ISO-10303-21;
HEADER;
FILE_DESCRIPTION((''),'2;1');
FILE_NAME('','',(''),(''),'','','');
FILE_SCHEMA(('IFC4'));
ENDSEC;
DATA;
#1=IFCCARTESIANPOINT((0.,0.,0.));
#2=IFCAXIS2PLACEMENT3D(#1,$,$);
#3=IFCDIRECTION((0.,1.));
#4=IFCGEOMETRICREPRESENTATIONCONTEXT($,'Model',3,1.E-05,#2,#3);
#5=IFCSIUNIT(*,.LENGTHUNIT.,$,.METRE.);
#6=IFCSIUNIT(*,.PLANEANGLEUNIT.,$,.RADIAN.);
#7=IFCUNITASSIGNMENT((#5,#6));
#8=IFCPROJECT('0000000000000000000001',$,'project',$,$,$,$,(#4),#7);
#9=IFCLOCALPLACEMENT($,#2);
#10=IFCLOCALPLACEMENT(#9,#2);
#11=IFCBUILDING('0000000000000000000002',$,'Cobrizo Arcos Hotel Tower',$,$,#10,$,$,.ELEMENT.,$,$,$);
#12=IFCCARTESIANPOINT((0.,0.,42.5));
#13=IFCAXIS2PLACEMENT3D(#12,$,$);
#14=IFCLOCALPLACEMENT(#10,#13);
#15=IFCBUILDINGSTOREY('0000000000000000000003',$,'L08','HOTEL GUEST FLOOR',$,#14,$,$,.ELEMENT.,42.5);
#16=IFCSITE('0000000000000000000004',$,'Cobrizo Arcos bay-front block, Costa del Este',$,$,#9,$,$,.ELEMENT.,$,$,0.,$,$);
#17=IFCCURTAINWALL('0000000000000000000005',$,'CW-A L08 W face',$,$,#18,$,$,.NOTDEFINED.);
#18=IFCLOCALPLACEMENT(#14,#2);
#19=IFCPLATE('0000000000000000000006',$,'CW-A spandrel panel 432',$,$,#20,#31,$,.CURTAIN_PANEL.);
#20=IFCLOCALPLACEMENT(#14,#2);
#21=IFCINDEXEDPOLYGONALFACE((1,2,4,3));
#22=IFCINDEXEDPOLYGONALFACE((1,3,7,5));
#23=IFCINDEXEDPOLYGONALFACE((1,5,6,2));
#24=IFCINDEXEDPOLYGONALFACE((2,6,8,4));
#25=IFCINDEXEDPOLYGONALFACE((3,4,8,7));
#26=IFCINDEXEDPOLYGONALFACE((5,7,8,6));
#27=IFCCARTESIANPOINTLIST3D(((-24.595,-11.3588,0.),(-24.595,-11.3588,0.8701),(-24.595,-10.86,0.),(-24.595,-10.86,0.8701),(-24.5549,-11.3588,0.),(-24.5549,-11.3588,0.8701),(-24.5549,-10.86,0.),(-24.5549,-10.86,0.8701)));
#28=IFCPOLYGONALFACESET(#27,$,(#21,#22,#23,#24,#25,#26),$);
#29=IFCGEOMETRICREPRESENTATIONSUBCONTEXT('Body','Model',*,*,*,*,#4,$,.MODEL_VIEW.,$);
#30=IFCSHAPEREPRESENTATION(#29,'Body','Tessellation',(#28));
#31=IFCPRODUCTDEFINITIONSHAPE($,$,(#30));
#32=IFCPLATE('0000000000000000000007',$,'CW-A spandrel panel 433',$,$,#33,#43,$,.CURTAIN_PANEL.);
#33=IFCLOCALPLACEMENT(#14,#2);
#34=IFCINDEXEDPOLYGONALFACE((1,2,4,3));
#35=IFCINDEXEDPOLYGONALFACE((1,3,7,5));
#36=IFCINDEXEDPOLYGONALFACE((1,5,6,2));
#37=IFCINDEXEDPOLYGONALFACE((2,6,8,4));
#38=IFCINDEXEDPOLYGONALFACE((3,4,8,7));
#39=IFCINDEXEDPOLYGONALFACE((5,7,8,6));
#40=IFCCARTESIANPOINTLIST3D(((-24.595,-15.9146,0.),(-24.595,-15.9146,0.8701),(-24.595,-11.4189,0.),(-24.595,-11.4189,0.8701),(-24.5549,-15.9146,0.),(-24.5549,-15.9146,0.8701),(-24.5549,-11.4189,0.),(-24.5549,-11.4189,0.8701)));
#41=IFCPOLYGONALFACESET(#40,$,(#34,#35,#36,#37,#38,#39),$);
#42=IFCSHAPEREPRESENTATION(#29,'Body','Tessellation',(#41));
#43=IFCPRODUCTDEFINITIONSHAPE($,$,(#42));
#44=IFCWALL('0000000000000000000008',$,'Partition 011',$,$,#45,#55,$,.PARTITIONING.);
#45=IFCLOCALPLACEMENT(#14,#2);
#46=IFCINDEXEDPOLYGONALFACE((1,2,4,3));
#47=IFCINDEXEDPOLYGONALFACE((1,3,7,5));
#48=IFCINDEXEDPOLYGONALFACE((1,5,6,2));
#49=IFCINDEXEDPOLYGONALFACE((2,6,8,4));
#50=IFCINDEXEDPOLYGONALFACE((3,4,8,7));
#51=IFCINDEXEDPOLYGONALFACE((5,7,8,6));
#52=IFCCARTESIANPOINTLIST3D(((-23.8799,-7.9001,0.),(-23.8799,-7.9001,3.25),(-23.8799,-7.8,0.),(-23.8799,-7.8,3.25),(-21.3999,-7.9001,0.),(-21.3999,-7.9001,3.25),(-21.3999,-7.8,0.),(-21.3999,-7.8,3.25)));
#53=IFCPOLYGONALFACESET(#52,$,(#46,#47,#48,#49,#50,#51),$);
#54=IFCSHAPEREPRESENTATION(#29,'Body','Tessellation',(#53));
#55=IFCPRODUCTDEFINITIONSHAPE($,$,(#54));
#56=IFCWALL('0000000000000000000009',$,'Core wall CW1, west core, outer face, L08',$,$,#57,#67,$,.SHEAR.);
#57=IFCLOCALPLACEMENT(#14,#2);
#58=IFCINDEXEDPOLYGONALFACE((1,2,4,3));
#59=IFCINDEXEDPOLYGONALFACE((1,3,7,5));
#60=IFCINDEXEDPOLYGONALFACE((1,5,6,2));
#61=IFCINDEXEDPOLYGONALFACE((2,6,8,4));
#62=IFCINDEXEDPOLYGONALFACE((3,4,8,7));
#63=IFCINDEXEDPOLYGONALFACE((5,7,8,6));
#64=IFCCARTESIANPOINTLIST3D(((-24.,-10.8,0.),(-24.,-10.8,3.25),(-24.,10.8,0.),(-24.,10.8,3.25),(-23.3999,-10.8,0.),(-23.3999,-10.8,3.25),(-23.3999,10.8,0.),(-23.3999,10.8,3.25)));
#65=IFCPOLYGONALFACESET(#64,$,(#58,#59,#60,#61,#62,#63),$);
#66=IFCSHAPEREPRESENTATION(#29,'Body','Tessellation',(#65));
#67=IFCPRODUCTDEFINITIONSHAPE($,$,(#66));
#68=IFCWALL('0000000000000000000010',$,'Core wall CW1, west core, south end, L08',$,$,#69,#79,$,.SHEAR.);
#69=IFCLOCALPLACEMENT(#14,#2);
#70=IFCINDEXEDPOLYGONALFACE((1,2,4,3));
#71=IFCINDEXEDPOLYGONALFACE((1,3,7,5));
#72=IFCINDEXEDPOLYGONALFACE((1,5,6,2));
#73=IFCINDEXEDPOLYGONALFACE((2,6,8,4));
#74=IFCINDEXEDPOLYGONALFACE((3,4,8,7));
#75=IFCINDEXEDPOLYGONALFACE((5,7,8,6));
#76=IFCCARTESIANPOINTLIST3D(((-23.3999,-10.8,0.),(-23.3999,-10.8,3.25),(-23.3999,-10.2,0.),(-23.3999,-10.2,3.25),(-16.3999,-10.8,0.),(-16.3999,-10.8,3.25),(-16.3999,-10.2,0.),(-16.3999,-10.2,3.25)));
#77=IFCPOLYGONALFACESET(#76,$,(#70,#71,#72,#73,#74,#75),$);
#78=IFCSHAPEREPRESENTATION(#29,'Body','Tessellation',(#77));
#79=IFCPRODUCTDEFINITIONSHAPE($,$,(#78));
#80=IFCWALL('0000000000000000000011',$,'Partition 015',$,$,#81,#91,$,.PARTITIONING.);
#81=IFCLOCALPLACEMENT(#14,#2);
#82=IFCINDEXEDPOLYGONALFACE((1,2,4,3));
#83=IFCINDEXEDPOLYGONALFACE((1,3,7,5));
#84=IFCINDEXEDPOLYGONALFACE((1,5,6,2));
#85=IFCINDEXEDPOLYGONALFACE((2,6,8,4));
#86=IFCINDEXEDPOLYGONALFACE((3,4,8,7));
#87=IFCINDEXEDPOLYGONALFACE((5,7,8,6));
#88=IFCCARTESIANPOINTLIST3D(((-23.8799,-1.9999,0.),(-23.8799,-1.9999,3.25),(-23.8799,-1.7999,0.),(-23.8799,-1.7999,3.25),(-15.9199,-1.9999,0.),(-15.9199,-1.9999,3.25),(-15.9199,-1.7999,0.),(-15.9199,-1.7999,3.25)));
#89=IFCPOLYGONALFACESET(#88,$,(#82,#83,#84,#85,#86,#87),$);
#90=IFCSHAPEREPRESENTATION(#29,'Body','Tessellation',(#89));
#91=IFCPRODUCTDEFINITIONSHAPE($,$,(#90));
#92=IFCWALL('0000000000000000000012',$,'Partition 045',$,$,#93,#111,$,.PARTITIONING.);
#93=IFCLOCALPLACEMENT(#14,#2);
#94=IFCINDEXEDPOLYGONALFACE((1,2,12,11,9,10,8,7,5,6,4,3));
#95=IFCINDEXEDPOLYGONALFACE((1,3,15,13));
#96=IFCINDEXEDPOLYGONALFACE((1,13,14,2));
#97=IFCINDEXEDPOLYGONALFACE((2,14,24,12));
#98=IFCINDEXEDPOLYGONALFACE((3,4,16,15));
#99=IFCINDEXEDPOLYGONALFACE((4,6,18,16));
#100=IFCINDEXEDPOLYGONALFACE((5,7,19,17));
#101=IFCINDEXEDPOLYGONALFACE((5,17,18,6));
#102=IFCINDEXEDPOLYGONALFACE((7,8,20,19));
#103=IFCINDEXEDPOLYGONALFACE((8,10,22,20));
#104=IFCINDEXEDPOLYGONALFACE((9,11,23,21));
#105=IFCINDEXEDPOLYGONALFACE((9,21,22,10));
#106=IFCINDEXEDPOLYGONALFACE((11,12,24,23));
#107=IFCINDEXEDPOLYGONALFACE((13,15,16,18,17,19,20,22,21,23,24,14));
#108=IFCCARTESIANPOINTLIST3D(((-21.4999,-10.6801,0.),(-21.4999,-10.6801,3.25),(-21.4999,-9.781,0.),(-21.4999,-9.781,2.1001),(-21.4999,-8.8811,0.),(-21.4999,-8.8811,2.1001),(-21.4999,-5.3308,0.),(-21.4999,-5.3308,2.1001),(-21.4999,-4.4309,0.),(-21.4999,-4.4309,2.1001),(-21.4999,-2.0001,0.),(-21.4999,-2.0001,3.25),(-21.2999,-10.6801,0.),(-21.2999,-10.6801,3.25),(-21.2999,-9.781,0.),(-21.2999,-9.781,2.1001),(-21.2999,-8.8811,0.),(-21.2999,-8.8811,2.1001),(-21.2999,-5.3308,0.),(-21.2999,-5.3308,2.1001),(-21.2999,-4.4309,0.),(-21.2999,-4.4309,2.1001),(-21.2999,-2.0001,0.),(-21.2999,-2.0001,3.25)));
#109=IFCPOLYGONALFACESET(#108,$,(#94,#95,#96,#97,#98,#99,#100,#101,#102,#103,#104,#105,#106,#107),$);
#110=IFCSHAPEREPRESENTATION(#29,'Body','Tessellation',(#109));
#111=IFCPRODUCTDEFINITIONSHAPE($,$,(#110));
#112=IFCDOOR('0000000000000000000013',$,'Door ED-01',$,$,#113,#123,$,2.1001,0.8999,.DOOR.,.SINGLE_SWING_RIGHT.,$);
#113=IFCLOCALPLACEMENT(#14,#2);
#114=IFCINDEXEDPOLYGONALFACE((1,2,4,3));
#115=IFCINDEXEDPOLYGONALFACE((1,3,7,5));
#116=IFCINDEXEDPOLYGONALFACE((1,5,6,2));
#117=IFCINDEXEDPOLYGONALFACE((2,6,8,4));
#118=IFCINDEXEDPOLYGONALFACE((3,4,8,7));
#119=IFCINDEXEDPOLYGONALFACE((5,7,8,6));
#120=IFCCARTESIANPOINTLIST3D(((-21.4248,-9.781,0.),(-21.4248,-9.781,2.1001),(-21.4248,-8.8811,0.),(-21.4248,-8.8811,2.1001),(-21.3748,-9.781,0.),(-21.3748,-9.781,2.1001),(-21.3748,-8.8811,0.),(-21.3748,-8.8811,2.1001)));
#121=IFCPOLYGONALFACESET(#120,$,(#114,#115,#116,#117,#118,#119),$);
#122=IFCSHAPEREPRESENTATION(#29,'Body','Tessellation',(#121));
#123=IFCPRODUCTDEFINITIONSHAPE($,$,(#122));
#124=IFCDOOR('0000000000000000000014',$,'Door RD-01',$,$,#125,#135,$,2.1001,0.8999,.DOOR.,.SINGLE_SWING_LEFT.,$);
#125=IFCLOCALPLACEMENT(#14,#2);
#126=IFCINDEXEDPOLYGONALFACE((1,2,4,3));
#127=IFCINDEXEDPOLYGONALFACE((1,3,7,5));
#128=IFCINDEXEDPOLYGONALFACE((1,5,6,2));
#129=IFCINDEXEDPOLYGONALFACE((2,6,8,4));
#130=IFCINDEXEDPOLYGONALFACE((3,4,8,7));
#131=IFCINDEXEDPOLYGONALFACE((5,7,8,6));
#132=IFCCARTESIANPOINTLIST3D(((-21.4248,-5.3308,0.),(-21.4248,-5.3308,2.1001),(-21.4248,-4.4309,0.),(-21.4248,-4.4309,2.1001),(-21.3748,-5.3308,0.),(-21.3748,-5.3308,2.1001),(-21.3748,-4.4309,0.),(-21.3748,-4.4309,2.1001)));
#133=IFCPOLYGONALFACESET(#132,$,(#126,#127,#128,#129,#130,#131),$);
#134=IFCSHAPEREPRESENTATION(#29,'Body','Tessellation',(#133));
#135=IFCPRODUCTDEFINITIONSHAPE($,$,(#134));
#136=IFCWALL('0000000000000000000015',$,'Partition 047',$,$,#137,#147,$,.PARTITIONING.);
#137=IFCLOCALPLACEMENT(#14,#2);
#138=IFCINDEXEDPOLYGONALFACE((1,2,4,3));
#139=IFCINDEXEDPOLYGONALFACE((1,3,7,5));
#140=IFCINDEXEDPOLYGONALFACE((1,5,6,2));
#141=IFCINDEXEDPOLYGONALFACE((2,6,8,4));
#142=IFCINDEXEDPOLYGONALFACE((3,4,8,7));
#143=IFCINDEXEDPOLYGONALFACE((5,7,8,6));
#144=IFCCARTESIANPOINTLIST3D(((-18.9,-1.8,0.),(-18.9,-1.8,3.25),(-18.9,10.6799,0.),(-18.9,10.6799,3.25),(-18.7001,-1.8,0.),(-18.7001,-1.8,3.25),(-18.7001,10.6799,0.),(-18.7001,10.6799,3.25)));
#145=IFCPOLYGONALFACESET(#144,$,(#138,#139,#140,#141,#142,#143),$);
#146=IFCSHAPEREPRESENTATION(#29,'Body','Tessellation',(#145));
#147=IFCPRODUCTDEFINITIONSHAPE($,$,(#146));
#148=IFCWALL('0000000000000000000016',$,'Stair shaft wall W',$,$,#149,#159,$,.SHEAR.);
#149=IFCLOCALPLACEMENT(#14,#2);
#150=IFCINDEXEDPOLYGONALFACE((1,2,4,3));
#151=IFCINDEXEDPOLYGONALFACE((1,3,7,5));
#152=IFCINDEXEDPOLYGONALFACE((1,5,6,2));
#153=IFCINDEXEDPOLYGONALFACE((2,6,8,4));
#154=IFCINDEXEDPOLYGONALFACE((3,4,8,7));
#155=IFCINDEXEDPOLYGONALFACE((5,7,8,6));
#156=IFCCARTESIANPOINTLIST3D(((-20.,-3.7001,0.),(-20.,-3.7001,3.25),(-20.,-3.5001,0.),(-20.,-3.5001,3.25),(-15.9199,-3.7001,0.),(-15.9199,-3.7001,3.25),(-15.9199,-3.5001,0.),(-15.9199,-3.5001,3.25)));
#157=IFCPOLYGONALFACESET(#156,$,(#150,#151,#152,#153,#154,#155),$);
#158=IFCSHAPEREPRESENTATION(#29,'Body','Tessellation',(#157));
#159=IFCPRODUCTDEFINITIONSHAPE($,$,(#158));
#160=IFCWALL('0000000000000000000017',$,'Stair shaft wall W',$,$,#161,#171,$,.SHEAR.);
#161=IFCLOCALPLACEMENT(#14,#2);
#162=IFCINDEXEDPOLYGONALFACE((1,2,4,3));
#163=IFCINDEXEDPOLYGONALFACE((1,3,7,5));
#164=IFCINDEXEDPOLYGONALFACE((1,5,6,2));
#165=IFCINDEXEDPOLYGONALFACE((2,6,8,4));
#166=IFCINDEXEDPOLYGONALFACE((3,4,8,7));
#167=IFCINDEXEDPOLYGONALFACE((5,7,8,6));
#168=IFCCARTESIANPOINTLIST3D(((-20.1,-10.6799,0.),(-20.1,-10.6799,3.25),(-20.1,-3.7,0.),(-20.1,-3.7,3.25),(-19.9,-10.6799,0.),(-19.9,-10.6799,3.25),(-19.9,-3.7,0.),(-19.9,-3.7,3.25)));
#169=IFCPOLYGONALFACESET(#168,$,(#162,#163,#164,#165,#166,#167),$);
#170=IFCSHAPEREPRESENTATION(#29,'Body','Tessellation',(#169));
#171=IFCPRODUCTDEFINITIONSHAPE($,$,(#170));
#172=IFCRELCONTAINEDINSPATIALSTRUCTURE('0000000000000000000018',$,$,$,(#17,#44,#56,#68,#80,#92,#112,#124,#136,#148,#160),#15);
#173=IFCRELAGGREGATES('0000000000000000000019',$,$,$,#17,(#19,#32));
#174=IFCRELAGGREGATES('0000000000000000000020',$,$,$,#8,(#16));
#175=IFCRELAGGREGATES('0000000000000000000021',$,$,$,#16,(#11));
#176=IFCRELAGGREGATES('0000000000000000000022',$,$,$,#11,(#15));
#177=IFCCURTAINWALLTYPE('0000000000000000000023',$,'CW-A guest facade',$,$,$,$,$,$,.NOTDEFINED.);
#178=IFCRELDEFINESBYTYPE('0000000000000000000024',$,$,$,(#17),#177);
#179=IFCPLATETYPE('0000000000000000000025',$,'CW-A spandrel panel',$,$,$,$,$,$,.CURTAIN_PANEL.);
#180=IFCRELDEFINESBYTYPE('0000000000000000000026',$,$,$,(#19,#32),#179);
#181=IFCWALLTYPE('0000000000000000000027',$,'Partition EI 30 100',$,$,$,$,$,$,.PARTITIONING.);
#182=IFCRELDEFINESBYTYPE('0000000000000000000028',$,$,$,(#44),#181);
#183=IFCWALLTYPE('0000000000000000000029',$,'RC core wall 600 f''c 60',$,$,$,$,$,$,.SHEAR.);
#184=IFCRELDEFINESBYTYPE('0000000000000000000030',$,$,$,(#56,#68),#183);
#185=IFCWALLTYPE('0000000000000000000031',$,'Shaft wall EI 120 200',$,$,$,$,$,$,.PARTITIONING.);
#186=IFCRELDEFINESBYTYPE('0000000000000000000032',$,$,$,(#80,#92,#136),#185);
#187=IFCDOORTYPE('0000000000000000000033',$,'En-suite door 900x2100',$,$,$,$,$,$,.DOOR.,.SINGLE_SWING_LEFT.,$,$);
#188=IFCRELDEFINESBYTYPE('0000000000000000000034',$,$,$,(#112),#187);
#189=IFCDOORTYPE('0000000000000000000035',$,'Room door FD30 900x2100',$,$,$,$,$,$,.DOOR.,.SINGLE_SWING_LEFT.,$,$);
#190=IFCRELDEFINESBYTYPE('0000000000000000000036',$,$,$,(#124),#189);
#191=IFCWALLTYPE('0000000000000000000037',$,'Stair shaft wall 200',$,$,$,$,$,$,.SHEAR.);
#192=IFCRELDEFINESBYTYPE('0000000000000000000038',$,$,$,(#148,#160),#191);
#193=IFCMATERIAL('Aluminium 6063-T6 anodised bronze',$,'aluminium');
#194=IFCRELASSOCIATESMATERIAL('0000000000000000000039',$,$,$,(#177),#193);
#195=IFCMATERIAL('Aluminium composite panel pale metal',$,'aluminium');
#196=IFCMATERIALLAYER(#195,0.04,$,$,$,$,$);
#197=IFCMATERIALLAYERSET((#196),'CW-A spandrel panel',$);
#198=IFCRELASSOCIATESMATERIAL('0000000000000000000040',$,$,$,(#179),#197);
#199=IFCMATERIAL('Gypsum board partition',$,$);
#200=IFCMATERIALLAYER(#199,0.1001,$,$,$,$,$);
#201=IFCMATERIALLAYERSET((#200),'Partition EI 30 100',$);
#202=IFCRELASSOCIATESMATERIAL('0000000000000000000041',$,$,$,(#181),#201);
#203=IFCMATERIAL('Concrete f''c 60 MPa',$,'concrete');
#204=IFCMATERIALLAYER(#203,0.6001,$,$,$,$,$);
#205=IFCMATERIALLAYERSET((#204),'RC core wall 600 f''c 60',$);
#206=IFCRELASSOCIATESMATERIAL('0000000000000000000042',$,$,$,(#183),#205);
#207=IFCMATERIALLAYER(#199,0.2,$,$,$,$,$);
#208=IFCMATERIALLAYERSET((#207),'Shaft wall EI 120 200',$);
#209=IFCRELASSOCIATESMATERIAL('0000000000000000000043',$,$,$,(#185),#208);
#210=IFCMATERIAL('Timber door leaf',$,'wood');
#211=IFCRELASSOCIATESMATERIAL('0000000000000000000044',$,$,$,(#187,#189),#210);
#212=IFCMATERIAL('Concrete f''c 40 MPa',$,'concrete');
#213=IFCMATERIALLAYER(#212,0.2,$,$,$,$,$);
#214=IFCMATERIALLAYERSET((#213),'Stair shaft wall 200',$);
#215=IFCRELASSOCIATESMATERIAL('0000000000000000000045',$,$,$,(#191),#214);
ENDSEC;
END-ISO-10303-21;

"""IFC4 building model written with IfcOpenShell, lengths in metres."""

from ifc_helpers import new_model, si_unit, direction, frame, frame_2d, origin, origin_2d, place, context, subcontext, project, spatial, rectangle, extrude, material, layer, layer_set, type_object, element, fill, aggregate, save


model = new_model("IFC4")

# Units and contexts
model_context = context("Model", 3, precision=1e-05, world=origin(), true_north=direction((0.0, 1.0)))
body_context = subcontext(model_context, "Body", "Model", "MODEL_VIEW")
ifc_project = project(units=[si_unit("LENGTHUNIT", "METRE"), si_unit("PLANEANGLEUNIT", "RADIAN")], contexts=[model_context])

# Site, building, storey
site_placement = place(None, origin())
site = spatial("IfcSite", under=ifc_project, at=site_placement, Name="Cobrizo Arcos bay-front block, Costa del Este", CompositionType="ELEMENT", RefElevation=0.0)
building_placement = place(site_placement, origin())
building = spatial("IfcBuilding", under=site, at=building_placement, Name="Cobrizo Arcos Hotel Tower", CompositionType="ELEMENT")
storey_placement = place(building_placement, frame((0.0, 0.0, 42.5)))
storey = spatial("IfcBuildingStorey", under=building, at=storey_placement, Name="L08", Description="HOTEL GUEST FLOOR", CompositionType="ELEMENT", Elevation=42.5)

# Curtain wall
ifc_material_1 = material(Name="Aluminium 6063-T6 anodised bronze", Category="aluminium")
curtain_wall_type = type_object("IfcCurtainWallType", Name="CW-A guest facade", PredefinedType="NOTDEFINED", material=ifc_material_1)
curtain_wall_placement = place(storey_placement, origin())
curtain_wall = element("IfcCurtainWall", 1, at=curtain_wall_placement, inside=storey, type_object=curtain_wall_type, Name="CW-A L08 W face", PredefinedType="NOTDEFINED")

# Plates
ifc_material_2 = material(Name="Aluminium composite panel pale metal", Category="aluminium")
ifc_layer_1 = layer(ifc_material_2, 0.04)
ifc_layer_set_1 = layer_set([ifc_layer_1], Name="CW-A spandrel panel")
plate_type_1 = type_object("IfcPlateType", Name="CW-A spandrel panel", PredefinedType="CURTAIN_PANEL", material=ifc_layer_set_1)
plate_1_placement = place(storey_placement, frame((-24.575, -11.1094, 0.0), z_axis=(0.0, 0.0, 1.0), x_axis=(0.0, -1.0, 0.0)))
plate_1 = element("IfcPlate", 2, at=plate_1_placement, type_object=plate_type_1, Name="CW-A spandrel panel 432", PredefinedType="CURTAIN_PANEL", context=body_context, shape_type="SweptSolid", body=[
    extrude(rectangle(XDim=0.4988, YDim=0.04, at=origin_2d()), origin(), (0.0, 0.0, 1.0), 0.8701),
])
plate_2_placement = place(storey_placement, frame((-24.575, -13.6667, 0.0), z_axis=(0.0, 0.0, 1.0), x_axis=(0.0, -1.0, 0.0)))
plate_2 = element("IfcPlate", 3, at=plate_2_placement, type_object=plate_type_1, Name="CW-A spandrel panel 433", PredefinedType="CURTAIN_PANEL", context=body_context, shape_type="SweptSolid", body=[
    extrude(rectangle(XDim=4.4956, YDim=0.04, at=origin_2d()), origin(), (0.0, 0.0, 1.0), 0.8701),
])
aggregate(curtain_wall, [plate_1, plate_2])

# Walls
ifc_material_3 = material(Name="Gypsum board partition")
ifc_layer_2 = layer(ifc_material_3, 0.1001)
ifc_layer_set_2 = layer_set([ifc_layer_2], Name="Partition EI 30 100")
wall_type_1 = type_object("IfcWallType", Name="Partition EI 30 100", PredefinedType="PARTITIONING", material=ifc_layer_set_2)
wall_1_placement = place(storey_placement, frame((-23.8799, -7.8501, 0.0), z_axis=(0.0, 0.0, 1.0), x_axis=(1.0, 0.0, 0.0)))
element("IfcWall", 4, at=wall_1_placement, inside=storey, type_object=wall_type_1, Name="Partition 011", PredefinedType="PARTITIONING", context=body_context, shape_type="SweptSolid", body=[
    extrude(rectangle(XDim=2.48, YDim=0.1001, at=frame_2d((1.24, 0.0))), origin(), (0.0, 0.0, 1.0), 3.25),
])
ifc_material_4 = material(Name="Concrete f'c 60 MPa", Category="concrete")
ifc_layer_3 = layer(ifc_material_4, 0.6001)
ifc_layer_set_3 = layer_set([ifc_layer_3], Name="RC core wall 600 f'c 60")
wall_type_2 = type_object("IfcWallType", Name="RC core wall 600 f'c 60", PredefinedType="SHEAR", material=ifc_layer_set_3)
wall_2_placement = place(storey_placement, frame((-23.7, -10.8, 0.0), z_axis=(0.0, 0.0, 1.0), x_axis=(0.0, 1.0, 0.0)))
element("IfcWall", 5, at=wall_2_placement, inside=storey, type_object=wall_type_2, Name="Core wall CW1, west core, outer face, L08", PredefinedType="SHEAR", context=body_context, shape_type="SweptSolid", body=[
    extrude(rectangle(XDim=21.6001, YDim=0.6001, at=frame_2d((10.8, 0.0))), origin(), (0.0, 0.0, 1.0), 3.25),
])
wall_3_placement = place(storey_placement, frame((-23.3999, -10.5, 0.0), z_axis=(0.0, 0.0, 1.0), x_axis=(1.0, 0.0, 0.0)))
element("IfcWall", 6, at=wall_3_placement, inside=storey, type_object=wall_type_2, Name="Core wall CW1, west core, south end, L08", PredefinedType="SHEAR", context=body_context, shape_type="SweptSolid", body=[
    extrude(rectangle(XDim=7.0, YDim=0.6001, at=frame_2d((3.5, 0.0))), origin(), (0.0, 0.0, 1.0), 3.25),
])
ifc_layer_4 = layer(ifc_material_3, 0.2)
ifc_layer_set_4 = layer_set([ifc_layer_4], Name="Shaft wall EI 120 200")
wall_type_3 = type_object("IfcWallType", Name="Shaft wall EI 120 200", PredefinedType="PARTITIONING", material=ifc_layer_set_4)
wall_4_placement = place(storey_placement, frame((-23.8799, -1.8999, 0.0), z_axis=(0.0, 0.0, 1.0), x_axis=(1.0, 0.0, 0.0)))
element("IfcWall", 7, at=wall_4_placement, inside=storey, type_object=wall_type_3, Name="Partition 015", PredefinedType="PARTITIONING", context=body_context, shape_type="SweptSolid", body=[
    extrude(rectangle(XDim=7.96, YDim=0.2, at=frame_2d((3.98, 0.0))), origin(), (0.0, 0.0, 1.0), 3.25),
])

# Wall, openings, doors
wall_5_placement = place(storey_placement, frame((-21.3999, -10.6799, 0.0), z_axis=(0.0, 0.0, 1.0), x_axis=(0.0, 1.0, 0.0)))
wall_5 = element("IfcWall", 8, at=wall_5_placement, inside=storey, type_object=wall_type_3, Name="Partition 045", PredefinedType="PARTITIONING", context=body_context, shape_type="SweptSolid", body=[
    extrude(rectangle(XDim=8.6799, YDim=0.2, at=frame_2d((4.3398, 0.0))), origin(), (0.0, 0.0, 1.0), 3.25),
])
opening_1_placement = place(wall_5_placement, frame((0.8989, 0.0, 0.0)))
opening_1 = element("IfcOpeningElement", 9, at=opening_1_placement, cuts=wall_5, PredefinedType="OPENING", context=body_context, shape_type="SweptSolid", body=[
    extrude(rectangle(XDim=0.8999, YDim=2.1001, at=frame_2d((0.45, 1.05))), frame((0.0, 0.1121, 0.0), z_axis=(0.0, -1.0, 0.0), x_axis=(1.0, 0.0, 0.0)), (0.0, 0.0, 1.0), 0.2239),
])
opening_2_placement = place(wall_5_placement, frame((5.3491, 0.0, 0.0)))
opening_2 = element("IfcOpeningElement", 10, at=opening_2_placement, cuts=wall_5, PredefinedType="OPENING", context=body_context, shape_type="SweptSolid", body=[
    extrude(rectangle(XDim=0.8999, YDim=2.1001, at=frame_2d((0.45, 1.05))), frame((0.0, 0.1121, 0.0), z_axis=(0.0, -1.0, 0.0), x_axis=(1.0, 0.0, 0.0)), (0.0, 0.0, 1.0), 0.2239),
])
ifc_material_5 = material(Name="Timber door leaf", Category="wood")
door_type_1 = type_object("IfcDoorType", Name="En-suite door 900x2100", OperationType="SINGLE_SWING_LEFT", PredefinedType="DOOR", material=ifc_material_5)
door_1_placement = place(opening_1_placement, origin())
door_1 = element("IfcDoor", 11, at=door_1_placement, inside=storey, type_object=door_type_1, Name="Door ED-01", OperationType="SINGLE_SWING_RIGHT", OverallHeight=2.1001, OverallWidth=0.8999, PredefinedType="DOOR", context=body_context, shape_type="SweptSolid", body=[
    extrude(rectangle(XDim=0.8999, YDim=2.1001, at=frame_2d((0.45, 1.05))), frame((0.0, 0.0249, 0.0), z_axis=(0.0, -1.0, 0.0), x_axis=(1.0, 0.0, 0.0)), (0.0, 0.0, 1.0), 0.05),
])
fill(opening_1, door_1)
door_type_2 = type_object("IfcDoorType", Name="Room door FD30 900x2100", OperationType="SINGLE_SWING_LEFT", PredefinedType="DOOR", material=ifc_material_5)
door_2_placement = place(opening_2_placement, origin())
door_2 = element("IfcDoor", 12, at=door_2_placement, inside=storey, type_object=door_type_2, Name="Door RD-01", OperationType="SINGLE_SWING_LEFT", OverallHeight=2.1001, OverallWidth=0.8999, PredefinedType="DOOR", context=body_context, shape_type="SweptSolid", body=[
    extrude(rectangle(XDim=0.8999, YDim=2.1001, at=frame_2d((0.45, 1.05))), frame((0.0, 0.0249, 0.0), z_axis=(0.0, -1.0, 0.0), x_axis=(1.0, 0.0, 0.0)), (0.0, 0.0, 1.0), 0.05),
])
fill(opening_2, door_2)

# Walls
wall_6_placement = place(storey_placement, frame((-18.8, -1.8, 0.0), z_axis=(0.0, 0.0, 1.0), x_axis=(0.0, 1.0, 0.0)))
element("IfcWall", 13, at=wall_6_placement, inside=storey, type_object=wall_type_3, Name="Partition 047", PredefinedType="PARTITIONING", context=body_context, shape_type="SweptSolid", body=[
    extrude(rectangle(XDim=12.48, YDim=0.2, at=frame_2d((6.24, 0.0))), origin(), (0.0, 0.0, 1.0), 3.25),
])
ifc_material_6 = material(Name="Concrete f'c 40 MPa", Category="concrete")
ifc_layer_5 = layer(ifc_material_6, 0.2)
ifc_layer_set_5 = layer_set([ifc_layer_5], Name="Stair shaft wall 200")
wall_type_4 = type_object("IfcWallType", Name="Stair shaft wall 200", PredefinedType="SHEAR", material=ifc_layer_set_5)
wall_7_placement = place(storey_placement, frame((-20.0, -3.6001, 0.0), z_axis=(0.0, 0.0, 1.0), x_axis=(1.0, 0.0, 0.0)))
element("IfcWall", 14, at=wall_7_placement, inside=storey, type_object=wall_type_4, Name="Stair shaft wall W", PredefinedType="SHEAR", context=body_context, shape_type="SweptSolid", body=[
    extrude(rectangle(XDim=4.0801, YDim=0.2, at=frame_2d((2.04, 0.0))), origin(), (0.0, 0.0, 1.0), 3.25),
])
wall_8_placement = place(storey_placement, frame((-20.0, -10.6799, 0.0), z_axis=(0.0, 0.0, 1.0), x_axis=(0.0, 1.0, 0.0)))
element("IfcWall", 15, at=wall_8_placement, inside=storey, type_object=wall_type_4, Name="Stair shaft wall W", PredefinedType="SHEAR", context=body_context, shape_type="SweptSolid", body=[
    extrude(rectangle(XDim=6.98, YDim=0.2, at=frame_2d((3.49, 0.0))), origin(), (0.0, 0.0, 1.0), 3.25),
])

save(model, "model.ifc")
